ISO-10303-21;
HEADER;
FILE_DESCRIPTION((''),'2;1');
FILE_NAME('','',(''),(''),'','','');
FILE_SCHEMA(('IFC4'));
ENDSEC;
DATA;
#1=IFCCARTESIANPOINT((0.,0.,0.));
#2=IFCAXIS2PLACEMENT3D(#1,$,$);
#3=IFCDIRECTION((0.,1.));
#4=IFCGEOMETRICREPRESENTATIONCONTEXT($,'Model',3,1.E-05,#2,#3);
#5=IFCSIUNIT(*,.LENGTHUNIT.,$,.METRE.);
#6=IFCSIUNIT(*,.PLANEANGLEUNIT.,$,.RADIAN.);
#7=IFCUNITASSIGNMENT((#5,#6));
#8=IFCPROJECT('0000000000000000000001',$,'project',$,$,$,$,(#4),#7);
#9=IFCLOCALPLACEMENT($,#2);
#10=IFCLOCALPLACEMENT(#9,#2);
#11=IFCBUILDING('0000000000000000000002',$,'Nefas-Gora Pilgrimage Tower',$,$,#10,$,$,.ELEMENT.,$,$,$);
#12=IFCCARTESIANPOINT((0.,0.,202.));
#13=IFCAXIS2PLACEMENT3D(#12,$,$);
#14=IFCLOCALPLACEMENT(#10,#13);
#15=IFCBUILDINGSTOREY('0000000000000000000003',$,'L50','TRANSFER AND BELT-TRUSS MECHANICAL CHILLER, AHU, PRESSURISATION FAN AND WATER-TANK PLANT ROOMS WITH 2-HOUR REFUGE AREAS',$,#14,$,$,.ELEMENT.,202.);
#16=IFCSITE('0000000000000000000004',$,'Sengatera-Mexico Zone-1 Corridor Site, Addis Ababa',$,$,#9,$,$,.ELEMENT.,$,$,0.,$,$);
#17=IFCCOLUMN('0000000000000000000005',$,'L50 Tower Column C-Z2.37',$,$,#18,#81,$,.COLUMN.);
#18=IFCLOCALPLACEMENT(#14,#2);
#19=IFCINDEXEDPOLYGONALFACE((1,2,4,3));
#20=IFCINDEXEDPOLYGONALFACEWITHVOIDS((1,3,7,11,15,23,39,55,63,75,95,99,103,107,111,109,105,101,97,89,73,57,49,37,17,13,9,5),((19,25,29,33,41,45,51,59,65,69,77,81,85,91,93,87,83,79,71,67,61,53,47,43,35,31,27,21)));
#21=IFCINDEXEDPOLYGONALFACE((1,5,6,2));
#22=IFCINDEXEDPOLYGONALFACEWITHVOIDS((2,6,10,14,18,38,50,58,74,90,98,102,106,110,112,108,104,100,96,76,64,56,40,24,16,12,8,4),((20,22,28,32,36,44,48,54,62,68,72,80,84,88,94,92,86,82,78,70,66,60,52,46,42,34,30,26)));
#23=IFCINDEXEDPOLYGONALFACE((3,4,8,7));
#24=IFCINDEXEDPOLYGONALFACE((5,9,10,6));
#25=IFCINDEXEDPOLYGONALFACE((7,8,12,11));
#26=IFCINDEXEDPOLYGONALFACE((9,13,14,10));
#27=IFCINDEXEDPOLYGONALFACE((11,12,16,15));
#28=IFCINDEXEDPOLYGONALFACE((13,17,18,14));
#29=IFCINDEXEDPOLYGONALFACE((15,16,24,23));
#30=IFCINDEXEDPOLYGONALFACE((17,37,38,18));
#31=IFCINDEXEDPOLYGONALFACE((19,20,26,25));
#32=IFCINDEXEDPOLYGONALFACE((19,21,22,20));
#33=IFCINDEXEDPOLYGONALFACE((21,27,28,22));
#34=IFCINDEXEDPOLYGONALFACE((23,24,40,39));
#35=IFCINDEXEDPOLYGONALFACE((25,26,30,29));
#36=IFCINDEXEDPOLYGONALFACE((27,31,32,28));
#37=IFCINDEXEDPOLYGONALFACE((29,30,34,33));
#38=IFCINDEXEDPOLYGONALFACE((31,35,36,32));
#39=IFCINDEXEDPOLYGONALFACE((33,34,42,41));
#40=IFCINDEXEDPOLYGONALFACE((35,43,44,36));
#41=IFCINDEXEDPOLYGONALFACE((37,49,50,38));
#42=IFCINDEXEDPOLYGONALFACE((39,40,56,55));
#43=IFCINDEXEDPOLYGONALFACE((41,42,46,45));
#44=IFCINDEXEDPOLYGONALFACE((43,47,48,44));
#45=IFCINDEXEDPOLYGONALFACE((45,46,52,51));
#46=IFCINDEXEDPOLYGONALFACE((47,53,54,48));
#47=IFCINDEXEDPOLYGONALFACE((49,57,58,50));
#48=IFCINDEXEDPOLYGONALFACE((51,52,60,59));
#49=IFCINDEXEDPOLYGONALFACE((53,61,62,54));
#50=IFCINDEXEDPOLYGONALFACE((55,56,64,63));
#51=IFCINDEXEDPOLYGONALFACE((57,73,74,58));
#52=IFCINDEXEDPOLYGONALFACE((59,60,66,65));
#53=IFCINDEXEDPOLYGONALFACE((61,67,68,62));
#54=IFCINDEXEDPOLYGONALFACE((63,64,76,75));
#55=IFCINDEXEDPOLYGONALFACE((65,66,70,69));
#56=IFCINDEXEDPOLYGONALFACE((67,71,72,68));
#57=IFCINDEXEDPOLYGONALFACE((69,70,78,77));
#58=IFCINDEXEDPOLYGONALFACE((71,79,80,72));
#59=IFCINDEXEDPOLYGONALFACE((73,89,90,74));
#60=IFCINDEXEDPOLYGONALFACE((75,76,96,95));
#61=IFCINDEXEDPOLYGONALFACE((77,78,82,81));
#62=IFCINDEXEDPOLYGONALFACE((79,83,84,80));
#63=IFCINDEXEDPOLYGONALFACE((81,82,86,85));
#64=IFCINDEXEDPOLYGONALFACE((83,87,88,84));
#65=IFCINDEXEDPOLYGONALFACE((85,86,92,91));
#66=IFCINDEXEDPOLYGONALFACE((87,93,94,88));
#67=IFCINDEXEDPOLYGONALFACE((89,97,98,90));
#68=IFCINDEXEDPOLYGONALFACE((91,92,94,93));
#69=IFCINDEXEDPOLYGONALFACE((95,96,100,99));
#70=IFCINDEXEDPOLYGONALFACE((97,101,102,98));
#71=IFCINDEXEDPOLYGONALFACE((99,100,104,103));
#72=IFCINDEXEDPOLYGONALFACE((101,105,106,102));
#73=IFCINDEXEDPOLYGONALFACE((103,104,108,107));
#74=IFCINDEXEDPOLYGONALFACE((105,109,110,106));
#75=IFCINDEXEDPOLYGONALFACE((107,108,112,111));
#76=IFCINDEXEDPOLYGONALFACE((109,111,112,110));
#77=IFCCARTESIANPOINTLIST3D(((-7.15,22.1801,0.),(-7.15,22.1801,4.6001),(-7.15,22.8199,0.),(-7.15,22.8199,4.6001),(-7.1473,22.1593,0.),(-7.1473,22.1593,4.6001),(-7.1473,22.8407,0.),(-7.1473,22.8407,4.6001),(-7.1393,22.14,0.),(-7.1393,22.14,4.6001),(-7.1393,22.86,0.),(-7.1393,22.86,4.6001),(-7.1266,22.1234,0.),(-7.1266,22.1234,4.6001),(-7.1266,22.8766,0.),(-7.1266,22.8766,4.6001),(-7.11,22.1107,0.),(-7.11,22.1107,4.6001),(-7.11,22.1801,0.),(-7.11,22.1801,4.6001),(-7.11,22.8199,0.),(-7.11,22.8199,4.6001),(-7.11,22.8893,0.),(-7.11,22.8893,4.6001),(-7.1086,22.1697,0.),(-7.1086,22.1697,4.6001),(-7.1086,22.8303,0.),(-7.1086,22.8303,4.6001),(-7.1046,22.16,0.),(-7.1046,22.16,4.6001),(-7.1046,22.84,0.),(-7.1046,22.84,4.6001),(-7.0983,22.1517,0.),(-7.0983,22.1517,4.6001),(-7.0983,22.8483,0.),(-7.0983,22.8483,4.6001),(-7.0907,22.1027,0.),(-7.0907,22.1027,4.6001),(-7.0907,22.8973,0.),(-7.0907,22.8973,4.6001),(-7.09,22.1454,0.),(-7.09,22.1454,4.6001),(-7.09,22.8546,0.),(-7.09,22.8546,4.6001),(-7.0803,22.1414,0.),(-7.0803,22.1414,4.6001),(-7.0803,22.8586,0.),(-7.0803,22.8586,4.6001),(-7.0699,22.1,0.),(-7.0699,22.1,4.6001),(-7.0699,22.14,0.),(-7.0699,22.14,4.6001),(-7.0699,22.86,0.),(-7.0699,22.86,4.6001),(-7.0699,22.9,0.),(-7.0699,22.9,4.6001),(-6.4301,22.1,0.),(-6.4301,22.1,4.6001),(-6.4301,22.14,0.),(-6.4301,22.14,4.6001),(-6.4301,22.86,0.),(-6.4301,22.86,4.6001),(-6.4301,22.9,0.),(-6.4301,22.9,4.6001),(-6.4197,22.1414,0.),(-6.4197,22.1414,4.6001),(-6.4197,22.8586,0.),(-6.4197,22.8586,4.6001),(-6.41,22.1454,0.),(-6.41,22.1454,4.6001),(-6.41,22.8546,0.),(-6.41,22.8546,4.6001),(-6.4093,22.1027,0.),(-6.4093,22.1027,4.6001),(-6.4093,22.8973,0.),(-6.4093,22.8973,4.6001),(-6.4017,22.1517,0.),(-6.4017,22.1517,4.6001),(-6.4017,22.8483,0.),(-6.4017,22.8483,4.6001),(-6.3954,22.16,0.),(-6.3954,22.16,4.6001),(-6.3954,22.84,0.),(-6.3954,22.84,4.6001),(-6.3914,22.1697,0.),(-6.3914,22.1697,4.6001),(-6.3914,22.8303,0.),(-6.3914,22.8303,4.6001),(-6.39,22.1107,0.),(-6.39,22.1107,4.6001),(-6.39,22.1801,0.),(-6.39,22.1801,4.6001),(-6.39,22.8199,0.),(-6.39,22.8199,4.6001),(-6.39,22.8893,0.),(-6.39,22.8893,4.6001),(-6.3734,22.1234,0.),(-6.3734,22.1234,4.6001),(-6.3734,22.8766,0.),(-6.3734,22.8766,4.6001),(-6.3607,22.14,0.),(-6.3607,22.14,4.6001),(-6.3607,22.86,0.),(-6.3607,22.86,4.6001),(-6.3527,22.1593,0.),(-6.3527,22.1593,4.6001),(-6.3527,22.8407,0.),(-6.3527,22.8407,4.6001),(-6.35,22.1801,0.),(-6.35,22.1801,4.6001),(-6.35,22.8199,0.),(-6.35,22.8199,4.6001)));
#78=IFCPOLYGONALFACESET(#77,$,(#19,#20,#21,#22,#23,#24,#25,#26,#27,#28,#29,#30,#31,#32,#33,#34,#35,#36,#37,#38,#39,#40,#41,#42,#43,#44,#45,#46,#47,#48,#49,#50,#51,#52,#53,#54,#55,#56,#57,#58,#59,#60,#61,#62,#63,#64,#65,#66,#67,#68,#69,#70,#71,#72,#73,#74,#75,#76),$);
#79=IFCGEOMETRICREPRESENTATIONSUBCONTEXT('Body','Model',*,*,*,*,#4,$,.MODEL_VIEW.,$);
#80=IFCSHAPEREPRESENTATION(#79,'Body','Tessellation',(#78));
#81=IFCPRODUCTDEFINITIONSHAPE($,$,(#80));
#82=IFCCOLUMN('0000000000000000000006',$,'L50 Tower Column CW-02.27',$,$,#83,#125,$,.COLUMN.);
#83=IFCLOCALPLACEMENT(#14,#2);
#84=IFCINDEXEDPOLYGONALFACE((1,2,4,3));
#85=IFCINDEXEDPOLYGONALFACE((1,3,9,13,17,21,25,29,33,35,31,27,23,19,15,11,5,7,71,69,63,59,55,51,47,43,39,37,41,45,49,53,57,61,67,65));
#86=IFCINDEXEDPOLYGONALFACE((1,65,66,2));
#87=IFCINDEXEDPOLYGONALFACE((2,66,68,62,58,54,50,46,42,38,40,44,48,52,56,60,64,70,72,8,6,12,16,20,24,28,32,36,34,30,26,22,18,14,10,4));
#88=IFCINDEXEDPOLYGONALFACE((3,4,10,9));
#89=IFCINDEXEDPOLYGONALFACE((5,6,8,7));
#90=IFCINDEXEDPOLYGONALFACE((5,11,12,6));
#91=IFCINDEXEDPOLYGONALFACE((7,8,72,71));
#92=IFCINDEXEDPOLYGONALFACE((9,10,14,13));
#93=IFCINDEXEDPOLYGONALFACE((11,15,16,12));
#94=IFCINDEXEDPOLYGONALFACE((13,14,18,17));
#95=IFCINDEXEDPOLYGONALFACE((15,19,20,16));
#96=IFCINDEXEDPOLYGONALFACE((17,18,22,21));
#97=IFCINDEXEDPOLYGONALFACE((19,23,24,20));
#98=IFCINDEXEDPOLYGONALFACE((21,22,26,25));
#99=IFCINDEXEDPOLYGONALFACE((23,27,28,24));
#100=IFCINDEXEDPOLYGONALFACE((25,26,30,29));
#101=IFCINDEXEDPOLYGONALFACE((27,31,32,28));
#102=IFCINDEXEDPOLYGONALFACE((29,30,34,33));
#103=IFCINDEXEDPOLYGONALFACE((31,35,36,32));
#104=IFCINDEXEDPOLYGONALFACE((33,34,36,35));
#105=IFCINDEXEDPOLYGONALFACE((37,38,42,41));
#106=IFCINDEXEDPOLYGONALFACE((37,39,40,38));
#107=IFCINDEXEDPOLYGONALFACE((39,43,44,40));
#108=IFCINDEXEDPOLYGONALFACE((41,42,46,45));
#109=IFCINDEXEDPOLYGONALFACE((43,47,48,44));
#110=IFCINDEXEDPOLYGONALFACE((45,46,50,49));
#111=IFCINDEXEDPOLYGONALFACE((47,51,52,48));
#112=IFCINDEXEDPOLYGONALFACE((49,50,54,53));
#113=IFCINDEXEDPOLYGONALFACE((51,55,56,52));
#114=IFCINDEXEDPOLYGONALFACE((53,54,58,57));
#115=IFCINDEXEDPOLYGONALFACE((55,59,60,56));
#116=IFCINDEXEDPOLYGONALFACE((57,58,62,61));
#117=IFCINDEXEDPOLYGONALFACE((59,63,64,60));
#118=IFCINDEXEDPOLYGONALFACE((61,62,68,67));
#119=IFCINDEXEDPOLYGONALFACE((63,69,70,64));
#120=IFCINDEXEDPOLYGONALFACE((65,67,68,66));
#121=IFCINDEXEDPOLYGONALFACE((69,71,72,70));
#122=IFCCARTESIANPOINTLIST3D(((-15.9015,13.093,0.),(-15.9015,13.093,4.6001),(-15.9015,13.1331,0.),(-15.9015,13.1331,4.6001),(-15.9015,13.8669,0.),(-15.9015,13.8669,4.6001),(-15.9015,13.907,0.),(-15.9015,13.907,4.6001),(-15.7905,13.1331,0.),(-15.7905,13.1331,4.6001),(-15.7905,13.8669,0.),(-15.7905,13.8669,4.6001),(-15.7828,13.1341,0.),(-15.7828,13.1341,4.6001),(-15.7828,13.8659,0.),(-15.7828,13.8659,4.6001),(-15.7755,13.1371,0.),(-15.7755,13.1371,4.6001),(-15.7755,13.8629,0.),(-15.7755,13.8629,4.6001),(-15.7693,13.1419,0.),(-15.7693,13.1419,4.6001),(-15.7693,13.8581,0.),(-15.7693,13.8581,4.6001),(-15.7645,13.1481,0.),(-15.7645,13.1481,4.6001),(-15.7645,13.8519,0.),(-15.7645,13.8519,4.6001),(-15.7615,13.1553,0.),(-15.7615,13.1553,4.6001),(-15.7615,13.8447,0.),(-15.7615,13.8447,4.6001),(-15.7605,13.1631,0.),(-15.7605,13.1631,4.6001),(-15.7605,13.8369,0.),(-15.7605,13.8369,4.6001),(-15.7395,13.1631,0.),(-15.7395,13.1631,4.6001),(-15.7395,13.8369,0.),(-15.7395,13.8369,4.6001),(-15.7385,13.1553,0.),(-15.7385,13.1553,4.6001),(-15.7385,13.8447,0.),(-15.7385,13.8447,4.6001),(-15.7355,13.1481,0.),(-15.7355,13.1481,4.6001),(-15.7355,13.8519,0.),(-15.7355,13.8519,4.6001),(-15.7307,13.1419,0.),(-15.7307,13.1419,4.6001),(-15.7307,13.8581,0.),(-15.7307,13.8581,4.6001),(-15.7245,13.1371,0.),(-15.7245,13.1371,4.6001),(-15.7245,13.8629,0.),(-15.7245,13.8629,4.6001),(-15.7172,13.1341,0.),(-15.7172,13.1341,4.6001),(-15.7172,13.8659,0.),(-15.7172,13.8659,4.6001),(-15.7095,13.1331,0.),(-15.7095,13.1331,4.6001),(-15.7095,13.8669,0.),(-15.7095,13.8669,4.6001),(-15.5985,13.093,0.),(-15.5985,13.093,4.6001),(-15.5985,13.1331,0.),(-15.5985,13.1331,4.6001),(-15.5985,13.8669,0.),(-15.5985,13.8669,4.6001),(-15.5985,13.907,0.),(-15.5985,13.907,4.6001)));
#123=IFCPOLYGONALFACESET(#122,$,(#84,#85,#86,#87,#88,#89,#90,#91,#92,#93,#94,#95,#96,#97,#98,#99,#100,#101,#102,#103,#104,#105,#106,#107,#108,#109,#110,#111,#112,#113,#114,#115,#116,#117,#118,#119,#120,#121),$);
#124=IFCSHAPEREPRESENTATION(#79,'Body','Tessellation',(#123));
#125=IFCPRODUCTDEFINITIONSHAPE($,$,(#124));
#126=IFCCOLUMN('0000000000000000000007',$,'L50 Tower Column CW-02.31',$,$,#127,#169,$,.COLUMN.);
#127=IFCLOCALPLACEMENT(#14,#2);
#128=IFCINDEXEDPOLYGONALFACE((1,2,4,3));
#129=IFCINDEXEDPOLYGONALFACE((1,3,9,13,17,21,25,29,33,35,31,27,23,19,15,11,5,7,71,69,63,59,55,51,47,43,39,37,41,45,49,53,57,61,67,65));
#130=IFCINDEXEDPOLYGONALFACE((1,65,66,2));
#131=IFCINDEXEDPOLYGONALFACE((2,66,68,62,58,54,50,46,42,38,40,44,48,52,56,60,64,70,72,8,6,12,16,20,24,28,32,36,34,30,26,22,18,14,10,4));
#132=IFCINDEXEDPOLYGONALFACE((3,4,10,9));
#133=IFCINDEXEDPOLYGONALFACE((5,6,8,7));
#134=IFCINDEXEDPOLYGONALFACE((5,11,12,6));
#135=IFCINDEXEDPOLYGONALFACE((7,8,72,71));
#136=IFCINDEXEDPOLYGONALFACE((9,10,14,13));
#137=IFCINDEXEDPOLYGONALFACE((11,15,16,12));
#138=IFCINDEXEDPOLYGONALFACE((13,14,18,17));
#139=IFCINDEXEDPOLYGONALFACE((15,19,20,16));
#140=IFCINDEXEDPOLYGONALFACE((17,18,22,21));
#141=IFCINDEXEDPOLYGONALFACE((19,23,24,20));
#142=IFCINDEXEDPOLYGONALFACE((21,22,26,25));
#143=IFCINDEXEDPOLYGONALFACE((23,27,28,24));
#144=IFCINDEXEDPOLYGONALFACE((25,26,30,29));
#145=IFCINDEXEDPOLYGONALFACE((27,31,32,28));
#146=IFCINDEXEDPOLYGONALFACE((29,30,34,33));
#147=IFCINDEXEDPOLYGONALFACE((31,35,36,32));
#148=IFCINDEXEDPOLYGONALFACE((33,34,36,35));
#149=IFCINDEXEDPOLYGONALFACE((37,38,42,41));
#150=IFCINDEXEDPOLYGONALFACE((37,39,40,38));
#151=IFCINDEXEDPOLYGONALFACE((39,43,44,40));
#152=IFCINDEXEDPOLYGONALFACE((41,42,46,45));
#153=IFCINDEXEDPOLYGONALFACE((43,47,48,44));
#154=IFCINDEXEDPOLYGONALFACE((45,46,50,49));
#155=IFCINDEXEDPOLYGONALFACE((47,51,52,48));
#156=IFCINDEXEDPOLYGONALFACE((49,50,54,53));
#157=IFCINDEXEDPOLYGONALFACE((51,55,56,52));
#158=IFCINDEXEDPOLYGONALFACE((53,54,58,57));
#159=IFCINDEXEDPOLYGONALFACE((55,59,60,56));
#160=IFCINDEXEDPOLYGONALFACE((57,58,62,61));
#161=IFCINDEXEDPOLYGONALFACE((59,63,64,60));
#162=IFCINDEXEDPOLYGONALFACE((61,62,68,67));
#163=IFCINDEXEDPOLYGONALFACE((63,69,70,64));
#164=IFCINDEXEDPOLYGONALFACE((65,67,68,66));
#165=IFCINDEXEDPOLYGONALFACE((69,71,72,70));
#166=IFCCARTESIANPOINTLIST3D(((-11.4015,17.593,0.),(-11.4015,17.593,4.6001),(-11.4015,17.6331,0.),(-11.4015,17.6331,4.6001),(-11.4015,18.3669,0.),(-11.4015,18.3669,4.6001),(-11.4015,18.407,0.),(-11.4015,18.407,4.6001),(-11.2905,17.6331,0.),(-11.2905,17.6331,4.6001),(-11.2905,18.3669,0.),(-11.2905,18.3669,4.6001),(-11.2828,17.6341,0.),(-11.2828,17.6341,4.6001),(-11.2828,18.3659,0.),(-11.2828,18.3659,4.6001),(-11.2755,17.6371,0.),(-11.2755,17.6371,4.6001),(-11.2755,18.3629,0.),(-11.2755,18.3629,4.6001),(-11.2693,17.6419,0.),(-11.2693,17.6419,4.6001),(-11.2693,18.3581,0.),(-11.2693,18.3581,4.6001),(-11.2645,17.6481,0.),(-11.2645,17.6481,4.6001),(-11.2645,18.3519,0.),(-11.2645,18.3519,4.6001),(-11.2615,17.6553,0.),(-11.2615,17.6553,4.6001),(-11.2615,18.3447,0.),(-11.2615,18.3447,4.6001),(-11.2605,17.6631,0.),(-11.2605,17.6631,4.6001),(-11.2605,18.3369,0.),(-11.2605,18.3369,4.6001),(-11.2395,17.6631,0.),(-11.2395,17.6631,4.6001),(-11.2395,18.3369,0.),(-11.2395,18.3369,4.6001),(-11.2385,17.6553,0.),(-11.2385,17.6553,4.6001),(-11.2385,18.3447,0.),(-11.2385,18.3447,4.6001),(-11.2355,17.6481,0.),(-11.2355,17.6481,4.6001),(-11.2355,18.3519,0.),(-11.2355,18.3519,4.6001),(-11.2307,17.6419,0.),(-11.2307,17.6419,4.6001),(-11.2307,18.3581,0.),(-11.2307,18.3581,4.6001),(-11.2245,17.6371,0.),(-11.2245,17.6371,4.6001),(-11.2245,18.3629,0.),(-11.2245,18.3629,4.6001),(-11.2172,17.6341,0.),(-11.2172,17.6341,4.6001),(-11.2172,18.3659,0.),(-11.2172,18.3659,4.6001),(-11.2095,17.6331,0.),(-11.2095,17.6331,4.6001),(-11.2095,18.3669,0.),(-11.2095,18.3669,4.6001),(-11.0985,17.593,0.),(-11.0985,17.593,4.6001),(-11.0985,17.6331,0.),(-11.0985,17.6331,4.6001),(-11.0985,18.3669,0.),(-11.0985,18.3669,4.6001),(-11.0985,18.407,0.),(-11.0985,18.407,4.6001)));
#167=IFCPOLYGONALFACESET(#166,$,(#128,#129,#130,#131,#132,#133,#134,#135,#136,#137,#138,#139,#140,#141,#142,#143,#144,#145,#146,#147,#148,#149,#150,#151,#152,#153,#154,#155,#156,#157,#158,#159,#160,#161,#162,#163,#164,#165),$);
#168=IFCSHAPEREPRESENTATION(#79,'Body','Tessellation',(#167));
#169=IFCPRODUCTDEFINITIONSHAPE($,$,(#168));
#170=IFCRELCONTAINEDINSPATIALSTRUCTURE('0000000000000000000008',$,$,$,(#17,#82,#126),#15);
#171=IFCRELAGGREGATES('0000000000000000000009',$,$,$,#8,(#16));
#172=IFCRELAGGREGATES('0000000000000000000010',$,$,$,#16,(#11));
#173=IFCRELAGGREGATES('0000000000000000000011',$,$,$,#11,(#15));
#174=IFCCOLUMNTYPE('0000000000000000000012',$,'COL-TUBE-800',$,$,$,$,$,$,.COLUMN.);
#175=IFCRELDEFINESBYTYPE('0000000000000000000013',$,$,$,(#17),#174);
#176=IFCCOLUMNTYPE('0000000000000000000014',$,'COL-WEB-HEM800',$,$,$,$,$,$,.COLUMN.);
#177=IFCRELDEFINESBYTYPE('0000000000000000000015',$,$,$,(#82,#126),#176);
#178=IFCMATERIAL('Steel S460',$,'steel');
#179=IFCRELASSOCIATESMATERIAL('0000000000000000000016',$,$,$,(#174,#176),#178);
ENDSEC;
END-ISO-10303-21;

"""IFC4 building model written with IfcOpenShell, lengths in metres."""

from ifc_helpers import new_model, si_unit, direction, frame, origin, origin_2d, place, context, subcontext, project, spatial, hollow_rectangle, i_section, extrude, source, transform, mapped, material, material_profile, profile_set, type_object, element, save


model = new_model("IFC4")

# Units and contexts
model_context = context("Model", 3, precision=1e-05, world=origin(), true_north=direction((0.0, 1.0)))
body_context = subcontext(model_context, "Body", "Model", "MODEL_VIEW")
ifc_project = project(units=[si_unit("LENGTHUNIT", "METRE"), si_unit("PLANEANGLEUNIT", "RADIAN")], contexts=[model_context])

# Site, building, storey
site_placement = place(None, origin())
site = spatial("IfcSite", under=ifc_project, at=site_placement, Name="Sengatera-Mexico Zone-1 Corridor Site, Addis Ababa", CompositionType="ELEMENT", RefElevation=0.0)
building_placement = place(site_placement, origin())
building = spatial("IfcBuilding", under=site, at=building_placement, Name="Nefas-Gora Pilgrimage Tower", CompositionType="ELEMENT")
storey_placement = place(building_placement, frame((0.0, 0.0, 202.0)))
storey = spatial("IfcBuildingStorey", under=building, at=storey_placement, Name="L50", Description="TRANSFER AND BELT-TRUSS MECHANICAL CHILLER, AHU, PRESSURISATION FAN AND WATER-TANK PLANT ROOMS WITH 2-HOUR REFUGE AREAS", CompositionType="ELEMENT", Elevation=202.0)

# Columns
ifc_material_1 = material(Name="Steel S460", Category="steel")
ifc_material_profile_1 = material_profile(ifc_material_1, hollow_rectangle(XDim=0.8, YDim=0.8, WallThickness=0.04, InnerFilletRadius=0.04, OuterFilletRadius=0.0801, at=origin_2d()), Name="BOX 800x800x40")
ifc_profile_set_1 = profile_set([ifc_material_profile_1], Name="Steel S460")
column_type_1 = type_object("IfcColumnType", Name="COL-TUBE-800", PredefinedType="COLUMN", material=ifc_profile_set_1)
shared_shape_1 = source(origin(), body_context, "Body", "SweptSolid", [
    extrude(hollow_rectangle(XDim=0.8, YDim=0.8, WallThickness=0.04, InnerFilletRadius=0.04, OuterFilletRadius=0.0801, at=origin_2d()), origin(), (0.0, 0.0, 1.0), 4.6001),
])
column_placement = place(storey_placement, frame((-6.75, 22.5, 0.0), z_axis=(0.0, 0.0, 1.0), x_axis=(1.0, 0.0, 0.0)))
element("IfcColumn", 1, at=column_placement, inside=storey, type_object=column_type_1, Name="L50 Tower Column C-Z2.37", PredefinedType="COLUMN", context=body_context, shape_type="MappedRepresentation", body=[
    mapped(shared_shape_1, transform((0.0, 0.0, 0.0), x_axis=(1.0, 0.0, 0.0), y_axis=(0.0, 1.0, 0.0), z_axis=(0.0, 0.0, 1.0), scale=1.0)),
])
ifc_material_profile_2 = material_profile(ifc_material_1, i_section(OverallWidth=0.303, OverallDepth=0.814, WebThickness=0.021, FlangeThickness=0.04, FilletRadius=0.03, at=origin_2d()), Name="HEM 800")
ifc_profile_set_2 = profile_set([ifc_material_profile_2], Name="Steel S460")
column_type_2 = type_object("IfcColumnType", Name="COL-WEB-HEM800", PredefinedType="COLUMN", material=ifc_profile_set_2)
shared_shape_2 = source(origin(), body_context, "Body", "SweptSolid", [
    extrude(i_section(OverallWidth=0.303, OverallDepth=0.814, WebThickness=0.021, FlangeThickness=0.04, FilletRadius=0.03, at=origin_2d()), origin(), (0.0, 0.0, 1.0), 4.6001),
])
for number, where, z_axis, x_axis, name in (
    (2, (-15.75, 13.5, 0.0), (0.0, 0.0, 1.0), (1.0, 0.0, 0.0), "L50 Tower Column CW-02.27"),
    (3, (-11.25, 18.0, 0.0), (0.0, 0.0, 1.0), (1.0, 0.0, 0.0), "L50 Tower Column CW-02.31"),
):
    element("IfcColumn", number, at=place(storey_placement, frame(where, z_axis=z_axis, x_axis=x_axis)), inside=storey, type_object=column_type_2, Name=name, PredefinedType="COLUMN", context=body_context, shape_type="MappedRepresentation", body=[
        mapped(shared_shape_2, transform((0.0, 0.0, 0.0), x_axis=(1.0, 0.0, 0.0), y_axis=(0.0, 1.0, 0.0), z_axis=(0.0, 0.0, 1.0), scale=1.0)),
    ])

save(model, "model.ifc")
